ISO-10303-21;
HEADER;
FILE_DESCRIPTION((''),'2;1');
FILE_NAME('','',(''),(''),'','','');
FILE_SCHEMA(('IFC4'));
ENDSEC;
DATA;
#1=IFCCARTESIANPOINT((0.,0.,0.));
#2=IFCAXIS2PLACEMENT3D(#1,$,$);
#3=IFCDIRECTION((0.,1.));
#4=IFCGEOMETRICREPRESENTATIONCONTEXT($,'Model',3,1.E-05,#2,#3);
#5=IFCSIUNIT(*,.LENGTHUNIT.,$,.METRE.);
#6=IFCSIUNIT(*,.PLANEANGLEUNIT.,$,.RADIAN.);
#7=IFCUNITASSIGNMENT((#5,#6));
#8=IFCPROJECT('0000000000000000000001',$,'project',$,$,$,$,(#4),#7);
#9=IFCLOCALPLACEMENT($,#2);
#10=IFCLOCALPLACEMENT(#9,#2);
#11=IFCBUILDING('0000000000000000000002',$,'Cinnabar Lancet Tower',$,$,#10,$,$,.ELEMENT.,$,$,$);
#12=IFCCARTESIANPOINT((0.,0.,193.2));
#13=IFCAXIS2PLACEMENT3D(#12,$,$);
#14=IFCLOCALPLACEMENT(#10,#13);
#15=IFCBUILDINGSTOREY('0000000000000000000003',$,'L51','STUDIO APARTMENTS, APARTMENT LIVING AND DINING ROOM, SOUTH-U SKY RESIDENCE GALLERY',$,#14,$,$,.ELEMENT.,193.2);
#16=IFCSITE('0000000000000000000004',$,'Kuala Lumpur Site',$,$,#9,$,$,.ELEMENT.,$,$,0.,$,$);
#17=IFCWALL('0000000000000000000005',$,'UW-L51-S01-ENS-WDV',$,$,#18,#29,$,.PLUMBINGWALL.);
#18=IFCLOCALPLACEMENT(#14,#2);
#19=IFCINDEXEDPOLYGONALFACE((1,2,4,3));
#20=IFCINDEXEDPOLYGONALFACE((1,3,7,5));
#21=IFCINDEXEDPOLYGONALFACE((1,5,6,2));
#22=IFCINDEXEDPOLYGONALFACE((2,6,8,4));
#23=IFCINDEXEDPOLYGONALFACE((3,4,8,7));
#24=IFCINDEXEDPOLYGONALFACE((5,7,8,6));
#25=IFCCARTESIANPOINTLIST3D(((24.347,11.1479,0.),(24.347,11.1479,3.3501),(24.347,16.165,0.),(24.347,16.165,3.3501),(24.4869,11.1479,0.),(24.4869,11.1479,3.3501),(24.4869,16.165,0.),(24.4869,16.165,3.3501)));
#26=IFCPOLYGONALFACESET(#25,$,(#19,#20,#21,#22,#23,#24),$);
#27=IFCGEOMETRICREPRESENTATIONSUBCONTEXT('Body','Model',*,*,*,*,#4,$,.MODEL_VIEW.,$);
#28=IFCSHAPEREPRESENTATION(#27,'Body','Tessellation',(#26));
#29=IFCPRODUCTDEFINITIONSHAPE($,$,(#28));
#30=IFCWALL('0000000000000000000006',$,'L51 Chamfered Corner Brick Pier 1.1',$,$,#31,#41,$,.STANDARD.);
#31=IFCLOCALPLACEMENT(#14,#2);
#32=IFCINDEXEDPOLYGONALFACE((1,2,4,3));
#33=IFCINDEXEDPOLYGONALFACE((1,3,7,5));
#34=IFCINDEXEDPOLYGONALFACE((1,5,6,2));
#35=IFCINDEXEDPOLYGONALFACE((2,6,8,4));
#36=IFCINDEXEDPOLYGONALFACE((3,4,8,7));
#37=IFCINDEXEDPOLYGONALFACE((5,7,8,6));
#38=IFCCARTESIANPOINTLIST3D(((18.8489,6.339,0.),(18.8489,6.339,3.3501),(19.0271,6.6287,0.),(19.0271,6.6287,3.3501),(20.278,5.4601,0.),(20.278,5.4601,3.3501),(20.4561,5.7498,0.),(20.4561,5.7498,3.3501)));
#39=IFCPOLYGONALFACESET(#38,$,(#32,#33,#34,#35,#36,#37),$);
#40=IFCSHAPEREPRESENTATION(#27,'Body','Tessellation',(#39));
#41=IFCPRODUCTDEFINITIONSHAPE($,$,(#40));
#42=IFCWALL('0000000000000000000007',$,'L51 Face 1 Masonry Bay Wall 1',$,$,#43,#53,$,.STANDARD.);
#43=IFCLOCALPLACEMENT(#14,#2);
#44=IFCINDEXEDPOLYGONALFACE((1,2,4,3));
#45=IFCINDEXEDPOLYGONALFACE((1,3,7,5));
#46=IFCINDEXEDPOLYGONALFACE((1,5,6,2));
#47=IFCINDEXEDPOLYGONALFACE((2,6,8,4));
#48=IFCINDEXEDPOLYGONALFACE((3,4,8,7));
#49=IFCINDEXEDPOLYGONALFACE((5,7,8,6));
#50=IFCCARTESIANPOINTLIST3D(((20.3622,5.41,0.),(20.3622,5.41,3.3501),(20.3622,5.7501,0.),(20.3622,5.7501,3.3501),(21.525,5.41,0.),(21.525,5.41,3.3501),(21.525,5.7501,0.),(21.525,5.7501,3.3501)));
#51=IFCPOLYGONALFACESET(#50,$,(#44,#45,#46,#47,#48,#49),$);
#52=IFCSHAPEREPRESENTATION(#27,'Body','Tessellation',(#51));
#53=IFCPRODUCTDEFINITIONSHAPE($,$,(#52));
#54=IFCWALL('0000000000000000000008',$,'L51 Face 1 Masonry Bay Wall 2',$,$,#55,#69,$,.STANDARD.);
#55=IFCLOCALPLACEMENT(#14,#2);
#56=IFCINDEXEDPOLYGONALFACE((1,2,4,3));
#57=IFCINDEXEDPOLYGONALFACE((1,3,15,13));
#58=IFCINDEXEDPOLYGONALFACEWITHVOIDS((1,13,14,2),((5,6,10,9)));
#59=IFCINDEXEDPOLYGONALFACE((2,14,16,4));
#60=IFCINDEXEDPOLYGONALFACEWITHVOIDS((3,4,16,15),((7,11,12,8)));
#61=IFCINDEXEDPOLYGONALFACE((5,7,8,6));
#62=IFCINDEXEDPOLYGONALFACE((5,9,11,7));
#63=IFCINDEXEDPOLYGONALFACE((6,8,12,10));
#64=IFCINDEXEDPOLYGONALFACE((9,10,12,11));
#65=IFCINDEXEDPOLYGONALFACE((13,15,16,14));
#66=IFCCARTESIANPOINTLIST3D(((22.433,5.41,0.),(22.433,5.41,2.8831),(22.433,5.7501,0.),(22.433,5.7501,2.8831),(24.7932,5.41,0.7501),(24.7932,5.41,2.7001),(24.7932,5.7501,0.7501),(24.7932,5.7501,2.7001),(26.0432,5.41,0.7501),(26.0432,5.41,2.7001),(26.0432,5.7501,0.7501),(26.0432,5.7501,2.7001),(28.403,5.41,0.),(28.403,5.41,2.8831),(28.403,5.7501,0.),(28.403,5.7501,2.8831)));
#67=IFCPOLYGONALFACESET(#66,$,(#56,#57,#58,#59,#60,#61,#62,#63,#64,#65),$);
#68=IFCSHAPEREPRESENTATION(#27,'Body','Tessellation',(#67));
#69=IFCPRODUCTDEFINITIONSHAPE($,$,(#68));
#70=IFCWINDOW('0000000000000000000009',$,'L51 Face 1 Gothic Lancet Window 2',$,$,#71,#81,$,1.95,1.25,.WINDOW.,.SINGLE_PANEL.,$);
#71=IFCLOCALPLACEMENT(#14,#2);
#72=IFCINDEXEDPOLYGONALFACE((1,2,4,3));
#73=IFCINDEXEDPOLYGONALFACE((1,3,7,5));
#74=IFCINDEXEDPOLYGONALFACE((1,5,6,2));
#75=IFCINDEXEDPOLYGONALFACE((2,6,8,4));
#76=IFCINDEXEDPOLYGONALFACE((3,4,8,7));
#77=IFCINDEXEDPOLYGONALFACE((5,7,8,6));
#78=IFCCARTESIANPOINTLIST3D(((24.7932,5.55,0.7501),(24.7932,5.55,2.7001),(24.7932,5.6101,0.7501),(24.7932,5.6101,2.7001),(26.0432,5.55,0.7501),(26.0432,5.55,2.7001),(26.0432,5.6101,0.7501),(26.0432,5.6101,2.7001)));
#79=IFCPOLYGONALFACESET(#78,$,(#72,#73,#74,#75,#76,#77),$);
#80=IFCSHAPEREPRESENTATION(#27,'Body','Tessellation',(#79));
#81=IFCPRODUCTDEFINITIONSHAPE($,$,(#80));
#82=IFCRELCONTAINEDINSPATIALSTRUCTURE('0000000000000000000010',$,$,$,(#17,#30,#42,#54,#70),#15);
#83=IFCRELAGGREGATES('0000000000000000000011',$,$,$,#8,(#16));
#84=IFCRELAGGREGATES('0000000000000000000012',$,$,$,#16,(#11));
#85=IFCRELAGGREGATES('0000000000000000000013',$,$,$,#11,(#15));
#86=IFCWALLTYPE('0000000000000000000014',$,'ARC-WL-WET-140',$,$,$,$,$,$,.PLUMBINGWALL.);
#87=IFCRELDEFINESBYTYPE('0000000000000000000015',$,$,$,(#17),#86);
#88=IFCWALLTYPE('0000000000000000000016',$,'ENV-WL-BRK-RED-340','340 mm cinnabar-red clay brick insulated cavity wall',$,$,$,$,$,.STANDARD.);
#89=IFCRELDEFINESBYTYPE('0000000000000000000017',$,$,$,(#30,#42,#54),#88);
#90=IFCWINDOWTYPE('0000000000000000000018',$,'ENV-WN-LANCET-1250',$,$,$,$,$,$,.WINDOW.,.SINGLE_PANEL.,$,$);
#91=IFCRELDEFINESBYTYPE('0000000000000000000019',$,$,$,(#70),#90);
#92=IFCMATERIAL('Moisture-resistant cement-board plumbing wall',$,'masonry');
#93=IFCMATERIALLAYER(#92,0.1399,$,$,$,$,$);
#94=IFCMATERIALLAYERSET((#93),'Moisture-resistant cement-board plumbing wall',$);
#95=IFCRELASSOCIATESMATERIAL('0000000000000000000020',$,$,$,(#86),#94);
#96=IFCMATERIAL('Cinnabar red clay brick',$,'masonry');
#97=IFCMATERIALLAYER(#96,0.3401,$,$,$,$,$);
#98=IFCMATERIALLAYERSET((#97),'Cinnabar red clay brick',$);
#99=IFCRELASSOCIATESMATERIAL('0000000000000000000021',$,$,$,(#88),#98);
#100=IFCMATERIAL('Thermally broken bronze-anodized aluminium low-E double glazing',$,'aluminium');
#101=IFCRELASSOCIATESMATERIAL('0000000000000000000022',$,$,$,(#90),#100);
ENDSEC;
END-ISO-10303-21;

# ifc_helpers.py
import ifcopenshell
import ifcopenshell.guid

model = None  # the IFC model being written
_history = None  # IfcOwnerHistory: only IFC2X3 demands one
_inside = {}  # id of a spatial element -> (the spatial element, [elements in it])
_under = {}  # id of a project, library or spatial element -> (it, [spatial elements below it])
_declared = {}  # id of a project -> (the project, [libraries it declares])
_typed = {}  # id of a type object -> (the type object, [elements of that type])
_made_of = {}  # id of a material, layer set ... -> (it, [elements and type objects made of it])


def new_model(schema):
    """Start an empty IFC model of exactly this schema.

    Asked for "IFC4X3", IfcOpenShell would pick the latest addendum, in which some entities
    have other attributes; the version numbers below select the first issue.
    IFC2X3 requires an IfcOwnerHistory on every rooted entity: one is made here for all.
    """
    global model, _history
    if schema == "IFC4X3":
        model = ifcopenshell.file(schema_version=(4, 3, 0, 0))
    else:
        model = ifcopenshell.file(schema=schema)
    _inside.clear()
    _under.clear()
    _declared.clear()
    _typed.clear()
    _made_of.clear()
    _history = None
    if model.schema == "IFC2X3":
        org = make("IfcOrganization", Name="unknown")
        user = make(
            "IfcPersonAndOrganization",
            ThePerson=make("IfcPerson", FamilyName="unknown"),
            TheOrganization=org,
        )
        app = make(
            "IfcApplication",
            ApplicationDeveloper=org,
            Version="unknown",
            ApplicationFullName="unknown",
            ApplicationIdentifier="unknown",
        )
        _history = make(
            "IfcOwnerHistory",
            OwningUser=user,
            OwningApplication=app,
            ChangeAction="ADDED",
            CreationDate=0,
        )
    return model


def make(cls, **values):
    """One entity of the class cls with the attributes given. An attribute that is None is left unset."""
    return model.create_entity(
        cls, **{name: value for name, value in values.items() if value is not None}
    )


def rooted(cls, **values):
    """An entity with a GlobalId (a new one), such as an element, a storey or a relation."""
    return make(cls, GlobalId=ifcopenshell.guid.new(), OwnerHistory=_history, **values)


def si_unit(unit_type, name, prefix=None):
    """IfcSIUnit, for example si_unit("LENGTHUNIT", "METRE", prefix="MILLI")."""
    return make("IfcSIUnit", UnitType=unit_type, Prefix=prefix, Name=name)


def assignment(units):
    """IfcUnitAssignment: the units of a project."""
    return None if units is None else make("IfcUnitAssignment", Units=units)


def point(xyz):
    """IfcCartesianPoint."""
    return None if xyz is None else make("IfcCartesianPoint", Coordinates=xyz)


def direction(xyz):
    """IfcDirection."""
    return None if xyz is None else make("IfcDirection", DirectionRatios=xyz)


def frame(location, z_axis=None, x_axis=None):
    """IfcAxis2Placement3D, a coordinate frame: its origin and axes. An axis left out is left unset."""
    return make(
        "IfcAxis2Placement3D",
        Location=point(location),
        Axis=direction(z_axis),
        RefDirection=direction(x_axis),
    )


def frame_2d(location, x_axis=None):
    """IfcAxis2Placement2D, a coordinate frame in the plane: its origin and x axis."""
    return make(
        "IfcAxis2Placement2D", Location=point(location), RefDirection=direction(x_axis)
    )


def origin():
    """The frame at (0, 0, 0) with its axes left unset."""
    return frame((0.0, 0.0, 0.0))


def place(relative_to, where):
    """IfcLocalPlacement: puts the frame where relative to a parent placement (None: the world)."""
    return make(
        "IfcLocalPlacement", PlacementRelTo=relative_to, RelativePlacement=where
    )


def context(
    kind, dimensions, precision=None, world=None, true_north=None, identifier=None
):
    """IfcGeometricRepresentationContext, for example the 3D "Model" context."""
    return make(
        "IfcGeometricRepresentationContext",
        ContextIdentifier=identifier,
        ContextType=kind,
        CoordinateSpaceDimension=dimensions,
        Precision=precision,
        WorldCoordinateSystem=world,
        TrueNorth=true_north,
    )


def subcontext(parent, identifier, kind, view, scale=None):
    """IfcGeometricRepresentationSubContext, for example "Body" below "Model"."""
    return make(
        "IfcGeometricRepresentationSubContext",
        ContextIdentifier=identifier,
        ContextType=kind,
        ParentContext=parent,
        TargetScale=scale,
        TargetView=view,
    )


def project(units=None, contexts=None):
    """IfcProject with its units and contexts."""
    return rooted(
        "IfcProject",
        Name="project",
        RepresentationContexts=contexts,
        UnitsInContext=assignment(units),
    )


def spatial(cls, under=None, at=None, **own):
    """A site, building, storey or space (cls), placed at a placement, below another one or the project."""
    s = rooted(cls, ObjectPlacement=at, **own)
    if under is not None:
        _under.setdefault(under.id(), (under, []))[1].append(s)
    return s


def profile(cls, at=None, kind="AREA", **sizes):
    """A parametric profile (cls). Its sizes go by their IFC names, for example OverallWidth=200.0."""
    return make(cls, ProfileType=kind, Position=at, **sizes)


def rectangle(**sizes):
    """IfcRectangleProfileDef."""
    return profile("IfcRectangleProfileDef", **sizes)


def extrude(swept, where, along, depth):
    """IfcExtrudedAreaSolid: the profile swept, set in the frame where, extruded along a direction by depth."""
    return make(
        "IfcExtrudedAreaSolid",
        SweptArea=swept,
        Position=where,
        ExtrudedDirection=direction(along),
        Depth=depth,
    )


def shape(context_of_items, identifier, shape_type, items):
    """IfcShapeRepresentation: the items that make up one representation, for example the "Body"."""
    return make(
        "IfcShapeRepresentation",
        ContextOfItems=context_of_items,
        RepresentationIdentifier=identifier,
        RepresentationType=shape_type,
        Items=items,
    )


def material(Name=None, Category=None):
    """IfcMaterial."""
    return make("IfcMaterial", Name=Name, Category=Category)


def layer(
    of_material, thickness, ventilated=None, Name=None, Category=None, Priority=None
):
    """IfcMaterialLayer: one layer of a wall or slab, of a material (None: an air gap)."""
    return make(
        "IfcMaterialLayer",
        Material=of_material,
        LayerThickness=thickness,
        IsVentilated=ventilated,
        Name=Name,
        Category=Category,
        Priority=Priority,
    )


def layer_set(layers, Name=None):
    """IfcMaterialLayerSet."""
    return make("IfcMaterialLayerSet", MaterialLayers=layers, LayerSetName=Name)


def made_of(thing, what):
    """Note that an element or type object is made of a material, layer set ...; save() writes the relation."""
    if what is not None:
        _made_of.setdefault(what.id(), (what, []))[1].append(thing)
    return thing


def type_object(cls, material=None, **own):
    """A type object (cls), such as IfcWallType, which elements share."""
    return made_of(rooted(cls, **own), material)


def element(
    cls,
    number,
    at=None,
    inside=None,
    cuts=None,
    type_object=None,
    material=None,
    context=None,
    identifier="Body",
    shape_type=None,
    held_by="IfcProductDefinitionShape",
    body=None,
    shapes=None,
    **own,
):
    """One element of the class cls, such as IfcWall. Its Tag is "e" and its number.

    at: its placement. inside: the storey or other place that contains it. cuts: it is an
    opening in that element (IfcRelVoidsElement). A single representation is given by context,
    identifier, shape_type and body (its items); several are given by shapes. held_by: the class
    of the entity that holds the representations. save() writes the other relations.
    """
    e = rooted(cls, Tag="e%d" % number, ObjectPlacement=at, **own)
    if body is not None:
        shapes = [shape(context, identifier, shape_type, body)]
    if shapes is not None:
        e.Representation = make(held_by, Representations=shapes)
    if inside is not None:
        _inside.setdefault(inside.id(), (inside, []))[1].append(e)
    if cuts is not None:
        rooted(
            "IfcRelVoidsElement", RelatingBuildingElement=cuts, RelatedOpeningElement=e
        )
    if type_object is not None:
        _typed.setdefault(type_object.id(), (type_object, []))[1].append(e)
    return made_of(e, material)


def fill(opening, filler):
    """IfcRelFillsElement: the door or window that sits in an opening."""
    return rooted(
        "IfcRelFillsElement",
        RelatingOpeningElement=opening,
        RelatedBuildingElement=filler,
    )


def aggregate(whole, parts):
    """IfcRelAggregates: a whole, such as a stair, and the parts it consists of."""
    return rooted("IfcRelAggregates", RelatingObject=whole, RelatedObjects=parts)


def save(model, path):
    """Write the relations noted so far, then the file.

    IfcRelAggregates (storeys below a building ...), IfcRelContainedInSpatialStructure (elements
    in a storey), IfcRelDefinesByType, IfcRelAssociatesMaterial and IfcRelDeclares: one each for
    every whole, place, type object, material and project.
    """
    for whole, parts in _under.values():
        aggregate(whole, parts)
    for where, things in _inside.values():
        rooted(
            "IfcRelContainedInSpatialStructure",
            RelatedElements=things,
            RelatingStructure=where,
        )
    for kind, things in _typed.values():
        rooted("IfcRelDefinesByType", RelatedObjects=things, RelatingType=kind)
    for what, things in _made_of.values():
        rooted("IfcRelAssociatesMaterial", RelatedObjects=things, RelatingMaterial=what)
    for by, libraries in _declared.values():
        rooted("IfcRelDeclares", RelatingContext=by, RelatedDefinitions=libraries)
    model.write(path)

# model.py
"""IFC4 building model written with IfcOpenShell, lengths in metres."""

from ifc_helpers import new_model, si_unit, direction, frame, frame_2d, origin, place, context, subcontext, project, spatial, rectangle, extrude, material, layer, layer_set, type_object, element, fill, save


model = new_model("IFC4")

# Units and contexts
model_context = context("Model", 3, precision=1e-05, world=origin(), true_north=direction((0.0, 1.0)))
body_context = subcontext(model_context, "Body", "Model", "MODEL_VIEW")
ifc_project = project(units=[si_unit("LENGTHUNIT", "METRE"), si_unit("PLANEANGLEUNIT", "RADIAN")], contexts=[model_context])

# Site, building, storey
site_placement = place(None, origin())
site = spatial("IfcSite", under=ifc_project, at=site_placement, Name="Kuala Lumpur Site", CompositionType="ELEMENT", RefElevation=0.0)
building_placement = place(site_placement, origin())
building = spatial("IfcBuilding", under=site, at=building_placement, Name="Cinnabar Lancet Tower", CompositionType="ELEMENT")
storey_placement = place(building_placement, frame((0.0, 0.0, 193.2)))
storey = spatial("IfcBuildingStorey", under=building, at=storey_placement, Name="L51", Description="STUDIO APARTMENTS, APARTMENT LIVING AND DINING ROOM, SOUTH-U SKY RESIDENCE GALLERY", CompositionType="ELEMENT", Elevation=193.2)

# Shared definitions
ifc_material_1 = material(Name="Moisture-resistant cement-board plumbing wall", Category="masonry")
ifc_layer_1 = layer(ifc_material_1, 0.1399)
ifc_layer_set_1 = layer_set([ifc_layer_1], Name="Moisture-resistant cement-board plumbing wall")
wall_type_1 = type_object("IfcWallType", Name="ARC-WL-WET-140", PredefinedType="PLUMBINGWALL", material=ifc_layer_set_1)

# Walls
wall_1_placement = place(storey_placement, frame((24.417, 11.1479, 0.0), z_axis=(0.0, 0.0, 1.0), x_axis=(0.0, 1.0, 0.0)))
element("IfcWall", 1, at=wall_1_placement, inside=storey, type_object=wall_type_1, Name="UW-L51-S01-ENS-WDV", PredefinedType="PLUMBINGWALL", context=body_context, shape_type="SweptSolid", body=[
    extrude(rectangle(XDim=5.0171, YDim=0.1399, at=frame_2d((2.5085, 0.0))), origin(), (0.0, 0.0, 1.0), 3.3501),
])
ifc_material_2 = material(Name="Cinnabar red clay brick", Category="masonry")
ifc_layer_2 = layer(ifc_material_2, 0.3401)
ifc_layer_set_2 = layer_set([ifc_layer_2], Name="Cinnabar red clay brick")
wall_type_2 = type_object("IfcWallType", Name="ENV-WL-BRK-RED-340", Description="340 mm cinnabar-red clay brick insulated cavity wall", PredefinedType="STANDARD", material=ifc_layer_set_2)
wall_2_placement = place(storey_placement, frame((18.938, 6.4839, 0.0), z_axis=(0.0, 0.0, 1.0), x_axis=(0.851778, -0.523903, 0.0)))
element("IfcWall", 2, at=wall_2_placement, inside=storey, type_object=wall_type_2, Name="L51 Chamfered Corner Brick Pier 1.1", PredefinedType="STANDARD", context=body_context, shape_type="SweptSolid", body=[
    extrude(rectangle(XDim=1.6777, YDim=0.3401, at=frame_2d((0.8389, 0.0))), origin(), (0.0, 0.0, 1.0), 3.3501),
])
wall_3_placement = place(storey_placement, frame((20.3621, 5.5801, 0.0), z_axis=(0.0, 0.0, 1.0), x_axis=(1.0, 0.0, 0.0)))
element("IfcWall", 3, at=wall_3_placement, inside=storey, type_object=wall_type_2, Name="L51 Face 1 Masonry Bay Wall 1", PredefinedType="STANDARD", context=body_context, shape_type="SweptSolid", body=[
    extrude(rectangle(XDim=1.1628, YDim=0.3401, at=frame_2d((0.5815, 0.0))), origin(), (0.0, 0.0, 1.0), 3.3501),
])

# Wall, opening, window
wall_4_placement = place(storey_placement, frame((22.4331, 5.5801, 0.0), z_axis=(0.0, 0.0, 1.0), x_axis=(1.0, 0.0, 0.0)))
wall_4 = element("IfcWall", 4, at=wall_4_placement, inside=storey, type_object=wall_type_2, Name="L51 Face 1 Masonry Bay Wall 2", PredefinedType="STANDARD", context=body_context, shape_type="SweptSolid", body=[
    extrude(rectangle(XDim=5.97, YDim=0.3401, at=frame_2d((2.9849, 0.0))), origin(), (0.0, 0.0, 1.0), 2.8831),
])
opening_1_placement = place(wall_4_placement, frame((2.3601, 0.0, 0.75)))
opening_1 = element("IfcOpeningElement", 5, at=opening_1_placement, cuts=wall_4, PredefinedType="OPENING", context=body_context, shape_type="SweptSolid", body=[
    extrude(rectangle(XDim=1.25, YDim=1.95, at=frame_2d((0.625, 0.9751))), frame((0.0, 0.1799, 0.0), z_axis=(0.0, -1.0, 0.0), x_axis=(1.0, 0.0, 0.0)), (0.0, 0.0, 1.0), 0.3601),
])
ifc_material_3 = material(Name="Thermally broken bronze-anodized aluminium low-E double glazing", Category="aluminium")
window_type = type_object("IfcWindowType", Name="ENV-WN-LANCET-1250", PartitioningType="SINGLE_PANEL", PredefinedType="WINDOW", material=ifc_material_3)
window_placement = place(opening_1_placement, origin())
window = element("IfcWindow", 6, at=window_placement, inside=storey, type_object=window_type, Name="L51 Face 1 Gothic Lancet Window 2", OverallHeight=1.95, OverallWidth=1.25, PartitioningType="SINGLE_PANEL", PredefinedType="WINDOW", context=body_context, shape_type="SweptSolid", body=[
    extrude(rectangle(XDim=1.25, YDim=1.95, at=frame_2d((0.625, 0.9751))), frame((0.0, 0.03, 0.0), z_axis=(0.0, -1.0, 0.0), x_axis=(1.0, 0.0, 0.0)), (0.0, 0.0, 1.0), 0.0601),
])
fill(opening_1, window)

save(model, "model.ifc")
